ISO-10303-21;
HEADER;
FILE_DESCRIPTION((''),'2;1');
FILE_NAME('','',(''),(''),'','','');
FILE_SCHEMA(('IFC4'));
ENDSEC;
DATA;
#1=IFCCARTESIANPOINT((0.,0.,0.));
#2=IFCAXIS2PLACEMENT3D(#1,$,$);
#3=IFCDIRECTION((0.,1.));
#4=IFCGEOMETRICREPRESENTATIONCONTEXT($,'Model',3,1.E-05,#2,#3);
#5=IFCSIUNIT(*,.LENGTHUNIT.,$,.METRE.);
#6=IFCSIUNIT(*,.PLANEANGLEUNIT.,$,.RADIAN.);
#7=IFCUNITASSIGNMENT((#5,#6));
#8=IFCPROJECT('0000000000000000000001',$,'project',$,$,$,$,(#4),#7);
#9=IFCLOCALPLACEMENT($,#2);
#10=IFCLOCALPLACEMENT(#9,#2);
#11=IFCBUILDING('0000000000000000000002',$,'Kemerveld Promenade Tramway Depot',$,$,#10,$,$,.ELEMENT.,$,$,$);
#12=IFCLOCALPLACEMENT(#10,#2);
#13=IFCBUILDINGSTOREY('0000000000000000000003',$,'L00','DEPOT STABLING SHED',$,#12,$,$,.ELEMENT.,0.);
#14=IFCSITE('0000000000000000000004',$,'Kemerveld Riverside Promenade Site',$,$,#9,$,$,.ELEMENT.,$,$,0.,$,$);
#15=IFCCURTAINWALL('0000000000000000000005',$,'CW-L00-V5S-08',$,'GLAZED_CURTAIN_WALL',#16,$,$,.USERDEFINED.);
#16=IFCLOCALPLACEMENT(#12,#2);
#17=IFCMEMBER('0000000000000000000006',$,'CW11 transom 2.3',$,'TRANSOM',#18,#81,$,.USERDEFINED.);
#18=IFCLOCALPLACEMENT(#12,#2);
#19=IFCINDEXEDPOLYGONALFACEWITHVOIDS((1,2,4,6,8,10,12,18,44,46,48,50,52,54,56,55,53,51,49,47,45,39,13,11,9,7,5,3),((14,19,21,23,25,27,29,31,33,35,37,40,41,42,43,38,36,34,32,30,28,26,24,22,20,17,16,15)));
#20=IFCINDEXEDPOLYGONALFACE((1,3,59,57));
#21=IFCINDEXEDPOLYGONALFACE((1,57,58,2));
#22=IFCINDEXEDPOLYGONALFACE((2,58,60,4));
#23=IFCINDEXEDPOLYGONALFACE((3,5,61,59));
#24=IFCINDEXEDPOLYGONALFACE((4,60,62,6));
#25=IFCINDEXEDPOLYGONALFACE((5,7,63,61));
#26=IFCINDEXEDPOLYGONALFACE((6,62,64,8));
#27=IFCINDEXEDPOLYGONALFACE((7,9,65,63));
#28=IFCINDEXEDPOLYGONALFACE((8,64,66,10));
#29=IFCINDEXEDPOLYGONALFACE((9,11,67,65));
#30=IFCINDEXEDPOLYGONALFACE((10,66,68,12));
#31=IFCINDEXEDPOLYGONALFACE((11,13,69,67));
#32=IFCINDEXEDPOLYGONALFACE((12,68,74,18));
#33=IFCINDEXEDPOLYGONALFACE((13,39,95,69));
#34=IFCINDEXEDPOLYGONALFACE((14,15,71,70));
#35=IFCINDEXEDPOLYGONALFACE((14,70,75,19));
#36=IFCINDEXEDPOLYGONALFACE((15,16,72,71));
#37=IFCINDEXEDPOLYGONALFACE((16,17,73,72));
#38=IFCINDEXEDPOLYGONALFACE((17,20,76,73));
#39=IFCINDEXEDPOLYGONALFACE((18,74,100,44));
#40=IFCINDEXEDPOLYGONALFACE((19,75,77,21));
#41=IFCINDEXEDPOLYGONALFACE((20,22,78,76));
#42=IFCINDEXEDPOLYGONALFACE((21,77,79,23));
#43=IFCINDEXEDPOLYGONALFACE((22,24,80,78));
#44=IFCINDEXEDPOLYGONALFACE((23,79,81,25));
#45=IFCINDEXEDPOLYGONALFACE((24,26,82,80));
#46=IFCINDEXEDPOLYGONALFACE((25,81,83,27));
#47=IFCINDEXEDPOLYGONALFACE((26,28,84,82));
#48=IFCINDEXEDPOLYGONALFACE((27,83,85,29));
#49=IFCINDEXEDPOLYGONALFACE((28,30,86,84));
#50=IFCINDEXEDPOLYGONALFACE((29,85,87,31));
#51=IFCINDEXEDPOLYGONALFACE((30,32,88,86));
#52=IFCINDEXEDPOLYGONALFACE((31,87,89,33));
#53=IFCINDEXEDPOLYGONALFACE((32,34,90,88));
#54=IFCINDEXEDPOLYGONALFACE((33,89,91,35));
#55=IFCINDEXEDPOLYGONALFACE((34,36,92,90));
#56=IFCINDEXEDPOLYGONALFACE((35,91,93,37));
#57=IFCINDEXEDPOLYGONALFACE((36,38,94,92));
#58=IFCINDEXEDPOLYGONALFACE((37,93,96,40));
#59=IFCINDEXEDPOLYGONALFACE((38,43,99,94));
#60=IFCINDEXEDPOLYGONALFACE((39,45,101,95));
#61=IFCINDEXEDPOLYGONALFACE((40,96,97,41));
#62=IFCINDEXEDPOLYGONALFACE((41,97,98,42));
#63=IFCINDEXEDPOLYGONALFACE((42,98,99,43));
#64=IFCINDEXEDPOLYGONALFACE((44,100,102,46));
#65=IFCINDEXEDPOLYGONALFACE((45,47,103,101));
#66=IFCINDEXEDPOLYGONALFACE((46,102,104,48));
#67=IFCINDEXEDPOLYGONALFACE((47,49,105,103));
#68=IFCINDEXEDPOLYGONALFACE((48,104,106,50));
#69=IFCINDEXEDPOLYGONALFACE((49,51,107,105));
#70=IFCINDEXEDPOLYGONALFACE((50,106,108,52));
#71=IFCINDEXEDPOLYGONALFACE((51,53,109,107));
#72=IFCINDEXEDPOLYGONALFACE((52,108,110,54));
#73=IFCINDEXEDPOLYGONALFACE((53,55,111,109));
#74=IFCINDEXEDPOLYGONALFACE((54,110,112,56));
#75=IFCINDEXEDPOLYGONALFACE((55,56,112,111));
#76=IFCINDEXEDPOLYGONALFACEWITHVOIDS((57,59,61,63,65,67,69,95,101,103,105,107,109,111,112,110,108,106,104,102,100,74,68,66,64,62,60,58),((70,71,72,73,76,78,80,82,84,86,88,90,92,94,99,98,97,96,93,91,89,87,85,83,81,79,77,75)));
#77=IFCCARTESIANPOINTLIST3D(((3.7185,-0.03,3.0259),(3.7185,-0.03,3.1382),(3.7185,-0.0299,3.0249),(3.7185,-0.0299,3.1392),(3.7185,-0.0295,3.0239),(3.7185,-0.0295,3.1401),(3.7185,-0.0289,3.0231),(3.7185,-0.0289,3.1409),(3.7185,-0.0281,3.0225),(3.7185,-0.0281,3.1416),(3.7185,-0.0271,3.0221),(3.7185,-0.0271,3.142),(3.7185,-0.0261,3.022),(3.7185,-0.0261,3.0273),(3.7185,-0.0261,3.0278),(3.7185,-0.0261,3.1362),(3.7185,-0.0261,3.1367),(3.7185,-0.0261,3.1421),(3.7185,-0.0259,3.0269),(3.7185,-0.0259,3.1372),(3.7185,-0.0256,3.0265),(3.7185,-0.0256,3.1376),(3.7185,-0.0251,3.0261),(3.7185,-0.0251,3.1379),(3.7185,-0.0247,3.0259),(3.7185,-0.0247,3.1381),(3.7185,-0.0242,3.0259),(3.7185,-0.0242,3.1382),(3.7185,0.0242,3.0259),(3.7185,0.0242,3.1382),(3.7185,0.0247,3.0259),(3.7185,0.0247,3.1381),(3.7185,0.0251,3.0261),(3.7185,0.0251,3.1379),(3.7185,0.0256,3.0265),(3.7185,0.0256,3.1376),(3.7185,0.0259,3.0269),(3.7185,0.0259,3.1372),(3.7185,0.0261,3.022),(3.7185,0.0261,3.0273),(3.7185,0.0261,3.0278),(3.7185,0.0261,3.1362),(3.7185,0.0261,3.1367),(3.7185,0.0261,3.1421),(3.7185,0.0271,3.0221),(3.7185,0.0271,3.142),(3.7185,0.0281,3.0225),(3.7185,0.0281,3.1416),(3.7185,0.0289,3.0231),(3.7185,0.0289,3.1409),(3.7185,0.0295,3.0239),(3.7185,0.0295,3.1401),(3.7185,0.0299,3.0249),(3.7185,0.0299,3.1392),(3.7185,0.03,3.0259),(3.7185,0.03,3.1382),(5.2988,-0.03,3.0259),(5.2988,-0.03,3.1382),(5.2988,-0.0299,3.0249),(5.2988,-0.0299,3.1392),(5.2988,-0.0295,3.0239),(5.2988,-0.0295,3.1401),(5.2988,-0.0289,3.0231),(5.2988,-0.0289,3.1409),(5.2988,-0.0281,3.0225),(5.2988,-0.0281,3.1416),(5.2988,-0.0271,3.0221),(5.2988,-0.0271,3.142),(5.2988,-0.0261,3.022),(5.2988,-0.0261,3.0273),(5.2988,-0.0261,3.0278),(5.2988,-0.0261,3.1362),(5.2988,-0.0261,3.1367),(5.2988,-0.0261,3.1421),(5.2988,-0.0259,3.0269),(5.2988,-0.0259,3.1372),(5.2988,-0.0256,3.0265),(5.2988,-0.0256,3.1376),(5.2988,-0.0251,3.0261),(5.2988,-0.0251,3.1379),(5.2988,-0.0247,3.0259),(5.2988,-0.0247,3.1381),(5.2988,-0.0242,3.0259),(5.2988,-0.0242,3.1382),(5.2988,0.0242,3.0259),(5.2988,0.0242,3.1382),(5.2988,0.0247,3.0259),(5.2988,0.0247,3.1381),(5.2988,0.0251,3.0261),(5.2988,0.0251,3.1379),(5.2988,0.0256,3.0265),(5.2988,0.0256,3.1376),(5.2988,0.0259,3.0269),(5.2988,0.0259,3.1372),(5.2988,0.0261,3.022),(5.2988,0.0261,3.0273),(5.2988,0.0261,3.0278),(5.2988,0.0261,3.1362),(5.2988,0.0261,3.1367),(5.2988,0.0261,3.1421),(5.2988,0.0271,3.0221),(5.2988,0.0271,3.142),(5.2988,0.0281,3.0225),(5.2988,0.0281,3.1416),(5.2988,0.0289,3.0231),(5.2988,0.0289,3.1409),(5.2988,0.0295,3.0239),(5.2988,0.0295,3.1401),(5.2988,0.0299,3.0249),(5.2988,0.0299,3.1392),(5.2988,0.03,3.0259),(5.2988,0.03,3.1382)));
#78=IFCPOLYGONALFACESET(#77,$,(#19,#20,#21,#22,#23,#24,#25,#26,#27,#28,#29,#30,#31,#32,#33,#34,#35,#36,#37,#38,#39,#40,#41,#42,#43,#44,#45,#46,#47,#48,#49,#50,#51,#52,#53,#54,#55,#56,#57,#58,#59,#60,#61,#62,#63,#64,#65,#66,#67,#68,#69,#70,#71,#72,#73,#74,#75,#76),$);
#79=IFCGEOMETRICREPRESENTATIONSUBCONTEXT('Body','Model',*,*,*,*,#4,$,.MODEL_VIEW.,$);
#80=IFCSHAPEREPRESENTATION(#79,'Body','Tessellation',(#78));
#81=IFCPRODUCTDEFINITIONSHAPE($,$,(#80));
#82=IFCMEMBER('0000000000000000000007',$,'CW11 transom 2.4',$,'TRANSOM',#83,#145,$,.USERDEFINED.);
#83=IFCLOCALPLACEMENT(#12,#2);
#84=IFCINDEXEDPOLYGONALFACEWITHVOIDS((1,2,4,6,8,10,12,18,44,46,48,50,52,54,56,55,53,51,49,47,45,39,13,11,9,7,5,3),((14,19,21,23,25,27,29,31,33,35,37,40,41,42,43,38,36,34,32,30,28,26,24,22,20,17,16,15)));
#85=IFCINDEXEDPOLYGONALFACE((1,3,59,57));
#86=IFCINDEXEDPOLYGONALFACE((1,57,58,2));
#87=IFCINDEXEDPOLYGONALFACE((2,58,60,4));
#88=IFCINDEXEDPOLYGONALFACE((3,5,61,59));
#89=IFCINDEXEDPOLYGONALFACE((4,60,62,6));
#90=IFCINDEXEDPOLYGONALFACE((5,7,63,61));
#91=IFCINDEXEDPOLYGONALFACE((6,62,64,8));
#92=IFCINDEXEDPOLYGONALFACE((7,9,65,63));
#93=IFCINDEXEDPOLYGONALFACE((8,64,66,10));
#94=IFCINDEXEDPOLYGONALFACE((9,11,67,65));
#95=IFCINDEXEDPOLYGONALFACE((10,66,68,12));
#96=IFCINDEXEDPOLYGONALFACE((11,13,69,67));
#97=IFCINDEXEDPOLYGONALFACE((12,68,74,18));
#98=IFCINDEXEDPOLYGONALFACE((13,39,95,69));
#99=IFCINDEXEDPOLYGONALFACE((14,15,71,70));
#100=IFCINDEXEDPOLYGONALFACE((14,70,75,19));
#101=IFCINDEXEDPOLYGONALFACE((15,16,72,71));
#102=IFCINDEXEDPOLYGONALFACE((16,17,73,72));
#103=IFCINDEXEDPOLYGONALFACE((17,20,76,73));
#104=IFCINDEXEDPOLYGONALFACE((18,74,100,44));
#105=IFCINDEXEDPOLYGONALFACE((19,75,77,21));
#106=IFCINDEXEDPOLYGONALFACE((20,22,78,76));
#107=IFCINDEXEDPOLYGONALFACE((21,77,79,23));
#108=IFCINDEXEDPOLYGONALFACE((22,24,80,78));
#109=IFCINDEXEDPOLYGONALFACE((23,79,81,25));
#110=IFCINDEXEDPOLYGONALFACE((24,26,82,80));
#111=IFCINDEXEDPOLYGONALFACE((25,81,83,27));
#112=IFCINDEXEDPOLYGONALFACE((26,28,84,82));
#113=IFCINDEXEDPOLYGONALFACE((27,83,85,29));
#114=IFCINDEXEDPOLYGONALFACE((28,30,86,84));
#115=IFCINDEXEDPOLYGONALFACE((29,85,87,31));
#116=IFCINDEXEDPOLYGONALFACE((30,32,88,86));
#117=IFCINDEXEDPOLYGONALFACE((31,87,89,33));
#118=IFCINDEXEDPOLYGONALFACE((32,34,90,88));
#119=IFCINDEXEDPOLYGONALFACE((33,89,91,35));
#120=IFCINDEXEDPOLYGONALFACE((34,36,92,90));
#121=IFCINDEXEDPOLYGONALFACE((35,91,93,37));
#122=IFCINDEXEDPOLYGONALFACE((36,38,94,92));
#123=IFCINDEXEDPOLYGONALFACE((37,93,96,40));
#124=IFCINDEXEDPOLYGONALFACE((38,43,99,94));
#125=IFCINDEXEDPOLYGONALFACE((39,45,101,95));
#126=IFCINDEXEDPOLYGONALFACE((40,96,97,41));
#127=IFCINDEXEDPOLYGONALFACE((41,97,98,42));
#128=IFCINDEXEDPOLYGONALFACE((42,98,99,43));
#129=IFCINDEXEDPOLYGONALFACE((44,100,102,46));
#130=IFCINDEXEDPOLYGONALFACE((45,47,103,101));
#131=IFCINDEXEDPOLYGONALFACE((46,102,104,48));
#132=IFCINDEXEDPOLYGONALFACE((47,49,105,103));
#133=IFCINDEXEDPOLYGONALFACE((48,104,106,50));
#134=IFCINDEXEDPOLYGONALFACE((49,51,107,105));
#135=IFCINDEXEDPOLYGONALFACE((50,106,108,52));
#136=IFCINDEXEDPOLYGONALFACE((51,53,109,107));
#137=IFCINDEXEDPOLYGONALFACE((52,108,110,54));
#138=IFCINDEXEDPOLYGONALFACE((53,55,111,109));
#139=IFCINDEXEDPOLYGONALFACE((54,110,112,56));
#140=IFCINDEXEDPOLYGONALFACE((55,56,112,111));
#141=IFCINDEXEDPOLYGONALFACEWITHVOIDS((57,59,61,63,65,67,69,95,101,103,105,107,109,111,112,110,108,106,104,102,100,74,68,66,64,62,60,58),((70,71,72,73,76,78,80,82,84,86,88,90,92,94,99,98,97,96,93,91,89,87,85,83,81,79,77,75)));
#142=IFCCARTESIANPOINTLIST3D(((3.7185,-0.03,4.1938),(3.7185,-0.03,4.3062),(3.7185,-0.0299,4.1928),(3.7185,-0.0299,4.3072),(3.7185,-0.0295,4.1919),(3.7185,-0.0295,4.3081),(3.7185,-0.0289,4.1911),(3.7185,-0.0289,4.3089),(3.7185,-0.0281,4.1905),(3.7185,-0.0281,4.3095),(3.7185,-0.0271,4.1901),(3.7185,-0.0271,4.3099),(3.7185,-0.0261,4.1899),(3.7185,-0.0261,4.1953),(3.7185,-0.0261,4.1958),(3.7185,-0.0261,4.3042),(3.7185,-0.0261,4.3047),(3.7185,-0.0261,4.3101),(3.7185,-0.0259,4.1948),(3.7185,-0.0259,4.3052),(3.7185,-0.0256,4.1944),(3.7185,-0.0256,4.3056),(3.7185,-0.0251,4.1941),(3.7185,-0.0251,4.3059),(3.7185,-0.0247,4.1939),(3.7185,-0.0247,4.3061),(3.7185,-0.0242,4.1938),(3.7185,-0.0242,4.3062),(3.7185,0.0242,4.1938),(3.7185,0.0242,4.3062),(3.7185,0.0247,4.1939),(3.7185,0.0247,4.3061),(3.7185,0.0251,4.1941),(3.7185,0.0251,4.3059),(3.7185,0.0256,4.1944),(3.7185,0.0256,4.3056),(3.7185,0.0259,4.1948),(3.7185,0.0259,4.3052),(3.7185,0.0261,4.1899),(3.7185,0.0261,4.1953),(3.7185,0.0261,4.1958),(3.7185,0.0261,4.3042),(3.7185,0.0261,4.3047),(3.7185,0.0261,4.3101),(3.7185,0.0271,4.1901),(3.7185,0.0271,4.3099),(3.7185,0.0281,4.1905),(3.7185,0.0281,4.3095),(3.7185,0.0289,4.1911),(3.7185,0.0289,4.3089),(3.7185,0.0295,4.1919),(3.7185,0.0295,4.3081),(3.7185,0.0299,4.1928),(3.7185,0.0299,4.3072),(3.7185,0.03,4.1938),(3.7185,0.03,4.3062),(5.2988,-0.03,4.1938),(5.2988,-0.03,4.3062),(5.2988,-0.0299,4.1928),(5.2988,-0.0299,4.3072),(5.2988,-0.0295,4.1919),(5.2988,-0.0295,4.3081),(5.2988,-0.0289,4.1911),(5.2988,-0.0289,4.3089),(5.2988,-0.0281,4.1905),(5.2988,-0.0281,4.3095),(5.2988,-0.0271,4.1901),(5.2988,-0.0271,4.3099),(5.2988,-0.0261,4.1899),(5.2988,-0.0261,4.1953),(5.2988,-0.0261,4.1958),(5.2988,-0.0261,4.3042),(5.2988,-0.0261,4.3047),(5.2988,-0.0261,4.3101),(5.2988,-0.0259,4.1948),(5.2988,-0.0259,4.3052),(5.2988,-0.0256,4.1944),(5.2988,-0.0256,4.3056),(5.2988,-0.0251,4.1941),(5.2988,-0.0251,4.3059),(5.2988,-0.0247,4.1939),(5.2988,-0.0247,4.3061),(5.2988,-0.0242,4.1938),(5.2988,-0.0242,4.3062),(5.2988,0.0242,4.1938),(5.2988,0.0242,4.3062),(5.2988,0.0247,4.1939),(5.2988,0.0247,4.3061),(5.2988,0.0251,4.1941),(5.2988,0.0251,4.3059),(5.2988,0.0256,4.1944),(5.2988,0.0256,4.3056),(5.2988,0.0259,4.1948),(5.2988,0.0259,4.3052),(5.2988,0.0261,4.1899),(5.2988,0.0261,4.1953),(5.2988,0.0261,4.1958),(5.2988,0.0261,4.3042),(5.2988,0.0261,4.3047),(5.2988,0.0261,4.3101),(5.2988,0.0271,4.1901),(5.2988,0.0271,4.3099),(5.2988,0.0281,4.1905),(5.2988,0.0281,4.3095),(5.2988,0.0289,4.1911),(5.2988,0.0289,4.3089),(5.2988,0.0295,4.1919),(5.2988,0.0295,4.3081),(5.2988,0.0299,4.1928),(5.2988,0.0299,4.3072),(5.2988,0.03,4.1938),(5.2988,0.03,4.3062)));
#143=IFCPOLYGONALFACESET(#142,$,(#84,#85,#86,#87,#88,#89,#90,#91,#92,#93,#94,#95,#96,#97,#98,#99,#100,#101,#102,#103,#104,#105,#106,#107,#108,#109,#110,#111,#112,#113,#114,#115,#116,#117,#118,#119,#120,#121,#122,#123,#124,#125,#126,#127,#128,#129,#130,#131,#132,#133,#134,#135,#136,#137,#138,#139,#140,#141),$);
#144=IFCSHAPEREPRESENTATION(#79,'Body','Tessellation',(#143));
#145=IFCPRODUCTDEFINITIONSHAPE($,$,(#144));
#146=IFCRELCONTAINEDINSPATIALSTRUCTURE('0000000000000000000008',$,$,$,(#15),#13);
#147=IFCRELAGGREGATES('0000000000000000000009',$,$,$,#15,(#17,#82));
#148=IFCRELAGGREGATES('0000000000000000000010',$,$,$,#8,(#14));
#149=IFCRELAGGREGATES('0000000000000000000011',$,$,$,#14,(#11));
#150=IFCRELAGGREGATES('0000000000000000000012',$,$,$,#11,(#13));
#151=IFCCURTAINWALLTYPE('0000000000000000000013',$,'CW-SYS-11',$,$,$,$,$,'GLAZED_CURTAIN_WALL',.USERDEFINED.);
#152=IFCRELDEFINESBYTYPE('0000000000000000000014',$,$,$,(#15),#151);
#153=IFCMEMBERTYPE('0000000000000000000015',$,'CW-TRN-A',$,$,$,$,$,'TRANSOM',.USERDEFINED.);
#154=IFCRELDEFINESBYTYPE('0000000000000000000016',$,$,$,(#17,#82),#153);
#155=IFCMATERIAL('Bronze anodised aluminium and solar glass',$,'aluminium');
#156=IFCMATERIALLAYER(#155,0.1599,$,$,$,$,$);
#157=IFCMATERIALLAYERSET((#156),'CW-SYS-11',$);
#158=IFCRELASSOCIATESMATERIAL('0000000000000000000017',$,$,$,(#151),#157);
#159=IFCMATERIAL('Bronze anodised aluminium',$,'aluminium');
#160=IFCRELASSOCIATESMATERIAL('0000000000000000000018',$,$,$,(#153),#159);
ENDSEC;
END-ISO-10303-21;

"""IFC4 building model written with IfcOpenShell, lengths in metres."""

from ifc_helpers import new_model, si_unit, direction, frame, origin, origin_2d, place, context, subcontext, project, spatial, hollow_rectangle, extrude, material, layer, layer_set, material_profile, profile_set, type_object, element, aggregate, save


model = new_model("IFC4")

# Units and contexts
model_context = context("Model", 3, precision=1e-05, world=origin(), true_north=direction((0.0, 1.0)))
body_context = subcontext(model_context, "Body", "Model", "MODEL_VIEW")
ifc_project = project(units=[si_unit("LENGTHUNIT", "METRE"), si_unit("PLANEANGLEUNIT", "RADIAN")], contexts=[model_context])

# Site, building, storey
site_placement = place(None, origin())
site = spatial("IfcSite", under=ifc_project, at=site_placement, Name="Kemerveld Riverside Promenade Site", CompositionType="ELEMENT", RefElevation=0.0)
building_placement = place(site_placement, origin())
building = spatial("IfcBuilding", under=site, at=building_placement, Name="Kemerveld Promenade Tramway Depot", CompositionType="ELEMENT")
storey_placement = place(building_placement, origin())
storey = spatial("IfcBuildingStorey", under=building, at=storey_placement, Name="L00", Description="DEPOT STABLING SHED", CompositionType="ELEMENT", Elevation=0.0)

# Curtain wall, members
ifc_material_1 = material(Name="Bronze anodised aluminium and solar glass", Category="aluminium")
ifc_layer_1 = layer(ifc_material_1, 0.1599)
ifc_layer_set_1 = layer_set([ifc_layer_1], Name="CW-SYS-11")
curtain_wall_type = type_object("IfcCurtainWallType", Name="CW-SYS-11", ElementType="GLAZED_CURTAIN_WALL", PredefinedType="USERDEFINED", material=ifc_layer_set_1)
curtain_wall_placement = place(storey_placement, origin())
curtain_wall = element("IfcCurtainWall", 1, at=curtain_wall_placement, inside=storey, type_object=curtain_wall_type, Name="CW-L00-V5S-08", ObjectType="GLAZED_CURTAIN_WALL", PredefinedType="USERDEFINED")
ifc_material_2 = material(Name="Bronze anodised aluminium", Category="aluminium")
ifc_material_profile_1 = material_profile(ifc_material_2, hollow_rectangle(XDim=0.0601, YDim=0.1201, WallThickness=0.0039, InnerFilletRadius=0.002, OuterFilletRadius=0.0039, at=origin_2d()), Name="CW-TRN-120x60")
ifc_profile_set_1 = profile_set([ifc_material_profile_1], Name="Bronze anodised aluminium")
member_type_1 = type_object("IfcMemberType", Name="CW-TRN-A", ElementType="TRANSOM", PredefinedType="USERDEFINED", material=ifc_profile_set_1)
member_1_placement = place(storey_placement, frame((5.2988, 0.0, 3.082), z_axis=(-1.0, 0.0, 0.0), x_axis=(0.0, -1.0, 0.0)))
member_1 = element("IfcMember", 2, at=member_1_placement, type_object=member_type_1, Name="CW11 transom 2.3", ObjectType="TRANSOM", PredefinedType="USERDEFINED", context=body_context, shape_type="SweptSolid", body=[
    extrude(hollow_rectangle(XDim=0.0601, YDim=0.1201, WallThickness=0.0039, InnerFilletRadius=0.002, OuterFilletRadius=0.0039, at=origin_2d()), origin(), (0.0, 0.0, 1.0), 1.5803),
])
member_2_placement = place(storey_placement, frame((5.2988, 0.0, 4.25), z_axis=(-1.0, 0.0, 0.0), x_axis=(0.0, -1.0, 0.0)))
member_2 = element("IfcMember", 3, at=member_2_placement, type_object=member_type_1, Name="CW11 transom 2.4", ObjectType="TRANSOM", PredefinedType="USERDEFINED", context=body_context, shape_type="SweptSolid", body=[
    extrude(hollow_rectangle(XDim=0.0601, YDim=0.1201, WallThickness=0.0039, InnerFilletRadius=0.002, OuterFilletRadius=0.0039, at=origin_2d()), origin(), (0.0, 0.0, 1.0), 1.5803),
])
aggregate(curtain_wall, [member_1, member_2])

save(model, "model.ifc")
